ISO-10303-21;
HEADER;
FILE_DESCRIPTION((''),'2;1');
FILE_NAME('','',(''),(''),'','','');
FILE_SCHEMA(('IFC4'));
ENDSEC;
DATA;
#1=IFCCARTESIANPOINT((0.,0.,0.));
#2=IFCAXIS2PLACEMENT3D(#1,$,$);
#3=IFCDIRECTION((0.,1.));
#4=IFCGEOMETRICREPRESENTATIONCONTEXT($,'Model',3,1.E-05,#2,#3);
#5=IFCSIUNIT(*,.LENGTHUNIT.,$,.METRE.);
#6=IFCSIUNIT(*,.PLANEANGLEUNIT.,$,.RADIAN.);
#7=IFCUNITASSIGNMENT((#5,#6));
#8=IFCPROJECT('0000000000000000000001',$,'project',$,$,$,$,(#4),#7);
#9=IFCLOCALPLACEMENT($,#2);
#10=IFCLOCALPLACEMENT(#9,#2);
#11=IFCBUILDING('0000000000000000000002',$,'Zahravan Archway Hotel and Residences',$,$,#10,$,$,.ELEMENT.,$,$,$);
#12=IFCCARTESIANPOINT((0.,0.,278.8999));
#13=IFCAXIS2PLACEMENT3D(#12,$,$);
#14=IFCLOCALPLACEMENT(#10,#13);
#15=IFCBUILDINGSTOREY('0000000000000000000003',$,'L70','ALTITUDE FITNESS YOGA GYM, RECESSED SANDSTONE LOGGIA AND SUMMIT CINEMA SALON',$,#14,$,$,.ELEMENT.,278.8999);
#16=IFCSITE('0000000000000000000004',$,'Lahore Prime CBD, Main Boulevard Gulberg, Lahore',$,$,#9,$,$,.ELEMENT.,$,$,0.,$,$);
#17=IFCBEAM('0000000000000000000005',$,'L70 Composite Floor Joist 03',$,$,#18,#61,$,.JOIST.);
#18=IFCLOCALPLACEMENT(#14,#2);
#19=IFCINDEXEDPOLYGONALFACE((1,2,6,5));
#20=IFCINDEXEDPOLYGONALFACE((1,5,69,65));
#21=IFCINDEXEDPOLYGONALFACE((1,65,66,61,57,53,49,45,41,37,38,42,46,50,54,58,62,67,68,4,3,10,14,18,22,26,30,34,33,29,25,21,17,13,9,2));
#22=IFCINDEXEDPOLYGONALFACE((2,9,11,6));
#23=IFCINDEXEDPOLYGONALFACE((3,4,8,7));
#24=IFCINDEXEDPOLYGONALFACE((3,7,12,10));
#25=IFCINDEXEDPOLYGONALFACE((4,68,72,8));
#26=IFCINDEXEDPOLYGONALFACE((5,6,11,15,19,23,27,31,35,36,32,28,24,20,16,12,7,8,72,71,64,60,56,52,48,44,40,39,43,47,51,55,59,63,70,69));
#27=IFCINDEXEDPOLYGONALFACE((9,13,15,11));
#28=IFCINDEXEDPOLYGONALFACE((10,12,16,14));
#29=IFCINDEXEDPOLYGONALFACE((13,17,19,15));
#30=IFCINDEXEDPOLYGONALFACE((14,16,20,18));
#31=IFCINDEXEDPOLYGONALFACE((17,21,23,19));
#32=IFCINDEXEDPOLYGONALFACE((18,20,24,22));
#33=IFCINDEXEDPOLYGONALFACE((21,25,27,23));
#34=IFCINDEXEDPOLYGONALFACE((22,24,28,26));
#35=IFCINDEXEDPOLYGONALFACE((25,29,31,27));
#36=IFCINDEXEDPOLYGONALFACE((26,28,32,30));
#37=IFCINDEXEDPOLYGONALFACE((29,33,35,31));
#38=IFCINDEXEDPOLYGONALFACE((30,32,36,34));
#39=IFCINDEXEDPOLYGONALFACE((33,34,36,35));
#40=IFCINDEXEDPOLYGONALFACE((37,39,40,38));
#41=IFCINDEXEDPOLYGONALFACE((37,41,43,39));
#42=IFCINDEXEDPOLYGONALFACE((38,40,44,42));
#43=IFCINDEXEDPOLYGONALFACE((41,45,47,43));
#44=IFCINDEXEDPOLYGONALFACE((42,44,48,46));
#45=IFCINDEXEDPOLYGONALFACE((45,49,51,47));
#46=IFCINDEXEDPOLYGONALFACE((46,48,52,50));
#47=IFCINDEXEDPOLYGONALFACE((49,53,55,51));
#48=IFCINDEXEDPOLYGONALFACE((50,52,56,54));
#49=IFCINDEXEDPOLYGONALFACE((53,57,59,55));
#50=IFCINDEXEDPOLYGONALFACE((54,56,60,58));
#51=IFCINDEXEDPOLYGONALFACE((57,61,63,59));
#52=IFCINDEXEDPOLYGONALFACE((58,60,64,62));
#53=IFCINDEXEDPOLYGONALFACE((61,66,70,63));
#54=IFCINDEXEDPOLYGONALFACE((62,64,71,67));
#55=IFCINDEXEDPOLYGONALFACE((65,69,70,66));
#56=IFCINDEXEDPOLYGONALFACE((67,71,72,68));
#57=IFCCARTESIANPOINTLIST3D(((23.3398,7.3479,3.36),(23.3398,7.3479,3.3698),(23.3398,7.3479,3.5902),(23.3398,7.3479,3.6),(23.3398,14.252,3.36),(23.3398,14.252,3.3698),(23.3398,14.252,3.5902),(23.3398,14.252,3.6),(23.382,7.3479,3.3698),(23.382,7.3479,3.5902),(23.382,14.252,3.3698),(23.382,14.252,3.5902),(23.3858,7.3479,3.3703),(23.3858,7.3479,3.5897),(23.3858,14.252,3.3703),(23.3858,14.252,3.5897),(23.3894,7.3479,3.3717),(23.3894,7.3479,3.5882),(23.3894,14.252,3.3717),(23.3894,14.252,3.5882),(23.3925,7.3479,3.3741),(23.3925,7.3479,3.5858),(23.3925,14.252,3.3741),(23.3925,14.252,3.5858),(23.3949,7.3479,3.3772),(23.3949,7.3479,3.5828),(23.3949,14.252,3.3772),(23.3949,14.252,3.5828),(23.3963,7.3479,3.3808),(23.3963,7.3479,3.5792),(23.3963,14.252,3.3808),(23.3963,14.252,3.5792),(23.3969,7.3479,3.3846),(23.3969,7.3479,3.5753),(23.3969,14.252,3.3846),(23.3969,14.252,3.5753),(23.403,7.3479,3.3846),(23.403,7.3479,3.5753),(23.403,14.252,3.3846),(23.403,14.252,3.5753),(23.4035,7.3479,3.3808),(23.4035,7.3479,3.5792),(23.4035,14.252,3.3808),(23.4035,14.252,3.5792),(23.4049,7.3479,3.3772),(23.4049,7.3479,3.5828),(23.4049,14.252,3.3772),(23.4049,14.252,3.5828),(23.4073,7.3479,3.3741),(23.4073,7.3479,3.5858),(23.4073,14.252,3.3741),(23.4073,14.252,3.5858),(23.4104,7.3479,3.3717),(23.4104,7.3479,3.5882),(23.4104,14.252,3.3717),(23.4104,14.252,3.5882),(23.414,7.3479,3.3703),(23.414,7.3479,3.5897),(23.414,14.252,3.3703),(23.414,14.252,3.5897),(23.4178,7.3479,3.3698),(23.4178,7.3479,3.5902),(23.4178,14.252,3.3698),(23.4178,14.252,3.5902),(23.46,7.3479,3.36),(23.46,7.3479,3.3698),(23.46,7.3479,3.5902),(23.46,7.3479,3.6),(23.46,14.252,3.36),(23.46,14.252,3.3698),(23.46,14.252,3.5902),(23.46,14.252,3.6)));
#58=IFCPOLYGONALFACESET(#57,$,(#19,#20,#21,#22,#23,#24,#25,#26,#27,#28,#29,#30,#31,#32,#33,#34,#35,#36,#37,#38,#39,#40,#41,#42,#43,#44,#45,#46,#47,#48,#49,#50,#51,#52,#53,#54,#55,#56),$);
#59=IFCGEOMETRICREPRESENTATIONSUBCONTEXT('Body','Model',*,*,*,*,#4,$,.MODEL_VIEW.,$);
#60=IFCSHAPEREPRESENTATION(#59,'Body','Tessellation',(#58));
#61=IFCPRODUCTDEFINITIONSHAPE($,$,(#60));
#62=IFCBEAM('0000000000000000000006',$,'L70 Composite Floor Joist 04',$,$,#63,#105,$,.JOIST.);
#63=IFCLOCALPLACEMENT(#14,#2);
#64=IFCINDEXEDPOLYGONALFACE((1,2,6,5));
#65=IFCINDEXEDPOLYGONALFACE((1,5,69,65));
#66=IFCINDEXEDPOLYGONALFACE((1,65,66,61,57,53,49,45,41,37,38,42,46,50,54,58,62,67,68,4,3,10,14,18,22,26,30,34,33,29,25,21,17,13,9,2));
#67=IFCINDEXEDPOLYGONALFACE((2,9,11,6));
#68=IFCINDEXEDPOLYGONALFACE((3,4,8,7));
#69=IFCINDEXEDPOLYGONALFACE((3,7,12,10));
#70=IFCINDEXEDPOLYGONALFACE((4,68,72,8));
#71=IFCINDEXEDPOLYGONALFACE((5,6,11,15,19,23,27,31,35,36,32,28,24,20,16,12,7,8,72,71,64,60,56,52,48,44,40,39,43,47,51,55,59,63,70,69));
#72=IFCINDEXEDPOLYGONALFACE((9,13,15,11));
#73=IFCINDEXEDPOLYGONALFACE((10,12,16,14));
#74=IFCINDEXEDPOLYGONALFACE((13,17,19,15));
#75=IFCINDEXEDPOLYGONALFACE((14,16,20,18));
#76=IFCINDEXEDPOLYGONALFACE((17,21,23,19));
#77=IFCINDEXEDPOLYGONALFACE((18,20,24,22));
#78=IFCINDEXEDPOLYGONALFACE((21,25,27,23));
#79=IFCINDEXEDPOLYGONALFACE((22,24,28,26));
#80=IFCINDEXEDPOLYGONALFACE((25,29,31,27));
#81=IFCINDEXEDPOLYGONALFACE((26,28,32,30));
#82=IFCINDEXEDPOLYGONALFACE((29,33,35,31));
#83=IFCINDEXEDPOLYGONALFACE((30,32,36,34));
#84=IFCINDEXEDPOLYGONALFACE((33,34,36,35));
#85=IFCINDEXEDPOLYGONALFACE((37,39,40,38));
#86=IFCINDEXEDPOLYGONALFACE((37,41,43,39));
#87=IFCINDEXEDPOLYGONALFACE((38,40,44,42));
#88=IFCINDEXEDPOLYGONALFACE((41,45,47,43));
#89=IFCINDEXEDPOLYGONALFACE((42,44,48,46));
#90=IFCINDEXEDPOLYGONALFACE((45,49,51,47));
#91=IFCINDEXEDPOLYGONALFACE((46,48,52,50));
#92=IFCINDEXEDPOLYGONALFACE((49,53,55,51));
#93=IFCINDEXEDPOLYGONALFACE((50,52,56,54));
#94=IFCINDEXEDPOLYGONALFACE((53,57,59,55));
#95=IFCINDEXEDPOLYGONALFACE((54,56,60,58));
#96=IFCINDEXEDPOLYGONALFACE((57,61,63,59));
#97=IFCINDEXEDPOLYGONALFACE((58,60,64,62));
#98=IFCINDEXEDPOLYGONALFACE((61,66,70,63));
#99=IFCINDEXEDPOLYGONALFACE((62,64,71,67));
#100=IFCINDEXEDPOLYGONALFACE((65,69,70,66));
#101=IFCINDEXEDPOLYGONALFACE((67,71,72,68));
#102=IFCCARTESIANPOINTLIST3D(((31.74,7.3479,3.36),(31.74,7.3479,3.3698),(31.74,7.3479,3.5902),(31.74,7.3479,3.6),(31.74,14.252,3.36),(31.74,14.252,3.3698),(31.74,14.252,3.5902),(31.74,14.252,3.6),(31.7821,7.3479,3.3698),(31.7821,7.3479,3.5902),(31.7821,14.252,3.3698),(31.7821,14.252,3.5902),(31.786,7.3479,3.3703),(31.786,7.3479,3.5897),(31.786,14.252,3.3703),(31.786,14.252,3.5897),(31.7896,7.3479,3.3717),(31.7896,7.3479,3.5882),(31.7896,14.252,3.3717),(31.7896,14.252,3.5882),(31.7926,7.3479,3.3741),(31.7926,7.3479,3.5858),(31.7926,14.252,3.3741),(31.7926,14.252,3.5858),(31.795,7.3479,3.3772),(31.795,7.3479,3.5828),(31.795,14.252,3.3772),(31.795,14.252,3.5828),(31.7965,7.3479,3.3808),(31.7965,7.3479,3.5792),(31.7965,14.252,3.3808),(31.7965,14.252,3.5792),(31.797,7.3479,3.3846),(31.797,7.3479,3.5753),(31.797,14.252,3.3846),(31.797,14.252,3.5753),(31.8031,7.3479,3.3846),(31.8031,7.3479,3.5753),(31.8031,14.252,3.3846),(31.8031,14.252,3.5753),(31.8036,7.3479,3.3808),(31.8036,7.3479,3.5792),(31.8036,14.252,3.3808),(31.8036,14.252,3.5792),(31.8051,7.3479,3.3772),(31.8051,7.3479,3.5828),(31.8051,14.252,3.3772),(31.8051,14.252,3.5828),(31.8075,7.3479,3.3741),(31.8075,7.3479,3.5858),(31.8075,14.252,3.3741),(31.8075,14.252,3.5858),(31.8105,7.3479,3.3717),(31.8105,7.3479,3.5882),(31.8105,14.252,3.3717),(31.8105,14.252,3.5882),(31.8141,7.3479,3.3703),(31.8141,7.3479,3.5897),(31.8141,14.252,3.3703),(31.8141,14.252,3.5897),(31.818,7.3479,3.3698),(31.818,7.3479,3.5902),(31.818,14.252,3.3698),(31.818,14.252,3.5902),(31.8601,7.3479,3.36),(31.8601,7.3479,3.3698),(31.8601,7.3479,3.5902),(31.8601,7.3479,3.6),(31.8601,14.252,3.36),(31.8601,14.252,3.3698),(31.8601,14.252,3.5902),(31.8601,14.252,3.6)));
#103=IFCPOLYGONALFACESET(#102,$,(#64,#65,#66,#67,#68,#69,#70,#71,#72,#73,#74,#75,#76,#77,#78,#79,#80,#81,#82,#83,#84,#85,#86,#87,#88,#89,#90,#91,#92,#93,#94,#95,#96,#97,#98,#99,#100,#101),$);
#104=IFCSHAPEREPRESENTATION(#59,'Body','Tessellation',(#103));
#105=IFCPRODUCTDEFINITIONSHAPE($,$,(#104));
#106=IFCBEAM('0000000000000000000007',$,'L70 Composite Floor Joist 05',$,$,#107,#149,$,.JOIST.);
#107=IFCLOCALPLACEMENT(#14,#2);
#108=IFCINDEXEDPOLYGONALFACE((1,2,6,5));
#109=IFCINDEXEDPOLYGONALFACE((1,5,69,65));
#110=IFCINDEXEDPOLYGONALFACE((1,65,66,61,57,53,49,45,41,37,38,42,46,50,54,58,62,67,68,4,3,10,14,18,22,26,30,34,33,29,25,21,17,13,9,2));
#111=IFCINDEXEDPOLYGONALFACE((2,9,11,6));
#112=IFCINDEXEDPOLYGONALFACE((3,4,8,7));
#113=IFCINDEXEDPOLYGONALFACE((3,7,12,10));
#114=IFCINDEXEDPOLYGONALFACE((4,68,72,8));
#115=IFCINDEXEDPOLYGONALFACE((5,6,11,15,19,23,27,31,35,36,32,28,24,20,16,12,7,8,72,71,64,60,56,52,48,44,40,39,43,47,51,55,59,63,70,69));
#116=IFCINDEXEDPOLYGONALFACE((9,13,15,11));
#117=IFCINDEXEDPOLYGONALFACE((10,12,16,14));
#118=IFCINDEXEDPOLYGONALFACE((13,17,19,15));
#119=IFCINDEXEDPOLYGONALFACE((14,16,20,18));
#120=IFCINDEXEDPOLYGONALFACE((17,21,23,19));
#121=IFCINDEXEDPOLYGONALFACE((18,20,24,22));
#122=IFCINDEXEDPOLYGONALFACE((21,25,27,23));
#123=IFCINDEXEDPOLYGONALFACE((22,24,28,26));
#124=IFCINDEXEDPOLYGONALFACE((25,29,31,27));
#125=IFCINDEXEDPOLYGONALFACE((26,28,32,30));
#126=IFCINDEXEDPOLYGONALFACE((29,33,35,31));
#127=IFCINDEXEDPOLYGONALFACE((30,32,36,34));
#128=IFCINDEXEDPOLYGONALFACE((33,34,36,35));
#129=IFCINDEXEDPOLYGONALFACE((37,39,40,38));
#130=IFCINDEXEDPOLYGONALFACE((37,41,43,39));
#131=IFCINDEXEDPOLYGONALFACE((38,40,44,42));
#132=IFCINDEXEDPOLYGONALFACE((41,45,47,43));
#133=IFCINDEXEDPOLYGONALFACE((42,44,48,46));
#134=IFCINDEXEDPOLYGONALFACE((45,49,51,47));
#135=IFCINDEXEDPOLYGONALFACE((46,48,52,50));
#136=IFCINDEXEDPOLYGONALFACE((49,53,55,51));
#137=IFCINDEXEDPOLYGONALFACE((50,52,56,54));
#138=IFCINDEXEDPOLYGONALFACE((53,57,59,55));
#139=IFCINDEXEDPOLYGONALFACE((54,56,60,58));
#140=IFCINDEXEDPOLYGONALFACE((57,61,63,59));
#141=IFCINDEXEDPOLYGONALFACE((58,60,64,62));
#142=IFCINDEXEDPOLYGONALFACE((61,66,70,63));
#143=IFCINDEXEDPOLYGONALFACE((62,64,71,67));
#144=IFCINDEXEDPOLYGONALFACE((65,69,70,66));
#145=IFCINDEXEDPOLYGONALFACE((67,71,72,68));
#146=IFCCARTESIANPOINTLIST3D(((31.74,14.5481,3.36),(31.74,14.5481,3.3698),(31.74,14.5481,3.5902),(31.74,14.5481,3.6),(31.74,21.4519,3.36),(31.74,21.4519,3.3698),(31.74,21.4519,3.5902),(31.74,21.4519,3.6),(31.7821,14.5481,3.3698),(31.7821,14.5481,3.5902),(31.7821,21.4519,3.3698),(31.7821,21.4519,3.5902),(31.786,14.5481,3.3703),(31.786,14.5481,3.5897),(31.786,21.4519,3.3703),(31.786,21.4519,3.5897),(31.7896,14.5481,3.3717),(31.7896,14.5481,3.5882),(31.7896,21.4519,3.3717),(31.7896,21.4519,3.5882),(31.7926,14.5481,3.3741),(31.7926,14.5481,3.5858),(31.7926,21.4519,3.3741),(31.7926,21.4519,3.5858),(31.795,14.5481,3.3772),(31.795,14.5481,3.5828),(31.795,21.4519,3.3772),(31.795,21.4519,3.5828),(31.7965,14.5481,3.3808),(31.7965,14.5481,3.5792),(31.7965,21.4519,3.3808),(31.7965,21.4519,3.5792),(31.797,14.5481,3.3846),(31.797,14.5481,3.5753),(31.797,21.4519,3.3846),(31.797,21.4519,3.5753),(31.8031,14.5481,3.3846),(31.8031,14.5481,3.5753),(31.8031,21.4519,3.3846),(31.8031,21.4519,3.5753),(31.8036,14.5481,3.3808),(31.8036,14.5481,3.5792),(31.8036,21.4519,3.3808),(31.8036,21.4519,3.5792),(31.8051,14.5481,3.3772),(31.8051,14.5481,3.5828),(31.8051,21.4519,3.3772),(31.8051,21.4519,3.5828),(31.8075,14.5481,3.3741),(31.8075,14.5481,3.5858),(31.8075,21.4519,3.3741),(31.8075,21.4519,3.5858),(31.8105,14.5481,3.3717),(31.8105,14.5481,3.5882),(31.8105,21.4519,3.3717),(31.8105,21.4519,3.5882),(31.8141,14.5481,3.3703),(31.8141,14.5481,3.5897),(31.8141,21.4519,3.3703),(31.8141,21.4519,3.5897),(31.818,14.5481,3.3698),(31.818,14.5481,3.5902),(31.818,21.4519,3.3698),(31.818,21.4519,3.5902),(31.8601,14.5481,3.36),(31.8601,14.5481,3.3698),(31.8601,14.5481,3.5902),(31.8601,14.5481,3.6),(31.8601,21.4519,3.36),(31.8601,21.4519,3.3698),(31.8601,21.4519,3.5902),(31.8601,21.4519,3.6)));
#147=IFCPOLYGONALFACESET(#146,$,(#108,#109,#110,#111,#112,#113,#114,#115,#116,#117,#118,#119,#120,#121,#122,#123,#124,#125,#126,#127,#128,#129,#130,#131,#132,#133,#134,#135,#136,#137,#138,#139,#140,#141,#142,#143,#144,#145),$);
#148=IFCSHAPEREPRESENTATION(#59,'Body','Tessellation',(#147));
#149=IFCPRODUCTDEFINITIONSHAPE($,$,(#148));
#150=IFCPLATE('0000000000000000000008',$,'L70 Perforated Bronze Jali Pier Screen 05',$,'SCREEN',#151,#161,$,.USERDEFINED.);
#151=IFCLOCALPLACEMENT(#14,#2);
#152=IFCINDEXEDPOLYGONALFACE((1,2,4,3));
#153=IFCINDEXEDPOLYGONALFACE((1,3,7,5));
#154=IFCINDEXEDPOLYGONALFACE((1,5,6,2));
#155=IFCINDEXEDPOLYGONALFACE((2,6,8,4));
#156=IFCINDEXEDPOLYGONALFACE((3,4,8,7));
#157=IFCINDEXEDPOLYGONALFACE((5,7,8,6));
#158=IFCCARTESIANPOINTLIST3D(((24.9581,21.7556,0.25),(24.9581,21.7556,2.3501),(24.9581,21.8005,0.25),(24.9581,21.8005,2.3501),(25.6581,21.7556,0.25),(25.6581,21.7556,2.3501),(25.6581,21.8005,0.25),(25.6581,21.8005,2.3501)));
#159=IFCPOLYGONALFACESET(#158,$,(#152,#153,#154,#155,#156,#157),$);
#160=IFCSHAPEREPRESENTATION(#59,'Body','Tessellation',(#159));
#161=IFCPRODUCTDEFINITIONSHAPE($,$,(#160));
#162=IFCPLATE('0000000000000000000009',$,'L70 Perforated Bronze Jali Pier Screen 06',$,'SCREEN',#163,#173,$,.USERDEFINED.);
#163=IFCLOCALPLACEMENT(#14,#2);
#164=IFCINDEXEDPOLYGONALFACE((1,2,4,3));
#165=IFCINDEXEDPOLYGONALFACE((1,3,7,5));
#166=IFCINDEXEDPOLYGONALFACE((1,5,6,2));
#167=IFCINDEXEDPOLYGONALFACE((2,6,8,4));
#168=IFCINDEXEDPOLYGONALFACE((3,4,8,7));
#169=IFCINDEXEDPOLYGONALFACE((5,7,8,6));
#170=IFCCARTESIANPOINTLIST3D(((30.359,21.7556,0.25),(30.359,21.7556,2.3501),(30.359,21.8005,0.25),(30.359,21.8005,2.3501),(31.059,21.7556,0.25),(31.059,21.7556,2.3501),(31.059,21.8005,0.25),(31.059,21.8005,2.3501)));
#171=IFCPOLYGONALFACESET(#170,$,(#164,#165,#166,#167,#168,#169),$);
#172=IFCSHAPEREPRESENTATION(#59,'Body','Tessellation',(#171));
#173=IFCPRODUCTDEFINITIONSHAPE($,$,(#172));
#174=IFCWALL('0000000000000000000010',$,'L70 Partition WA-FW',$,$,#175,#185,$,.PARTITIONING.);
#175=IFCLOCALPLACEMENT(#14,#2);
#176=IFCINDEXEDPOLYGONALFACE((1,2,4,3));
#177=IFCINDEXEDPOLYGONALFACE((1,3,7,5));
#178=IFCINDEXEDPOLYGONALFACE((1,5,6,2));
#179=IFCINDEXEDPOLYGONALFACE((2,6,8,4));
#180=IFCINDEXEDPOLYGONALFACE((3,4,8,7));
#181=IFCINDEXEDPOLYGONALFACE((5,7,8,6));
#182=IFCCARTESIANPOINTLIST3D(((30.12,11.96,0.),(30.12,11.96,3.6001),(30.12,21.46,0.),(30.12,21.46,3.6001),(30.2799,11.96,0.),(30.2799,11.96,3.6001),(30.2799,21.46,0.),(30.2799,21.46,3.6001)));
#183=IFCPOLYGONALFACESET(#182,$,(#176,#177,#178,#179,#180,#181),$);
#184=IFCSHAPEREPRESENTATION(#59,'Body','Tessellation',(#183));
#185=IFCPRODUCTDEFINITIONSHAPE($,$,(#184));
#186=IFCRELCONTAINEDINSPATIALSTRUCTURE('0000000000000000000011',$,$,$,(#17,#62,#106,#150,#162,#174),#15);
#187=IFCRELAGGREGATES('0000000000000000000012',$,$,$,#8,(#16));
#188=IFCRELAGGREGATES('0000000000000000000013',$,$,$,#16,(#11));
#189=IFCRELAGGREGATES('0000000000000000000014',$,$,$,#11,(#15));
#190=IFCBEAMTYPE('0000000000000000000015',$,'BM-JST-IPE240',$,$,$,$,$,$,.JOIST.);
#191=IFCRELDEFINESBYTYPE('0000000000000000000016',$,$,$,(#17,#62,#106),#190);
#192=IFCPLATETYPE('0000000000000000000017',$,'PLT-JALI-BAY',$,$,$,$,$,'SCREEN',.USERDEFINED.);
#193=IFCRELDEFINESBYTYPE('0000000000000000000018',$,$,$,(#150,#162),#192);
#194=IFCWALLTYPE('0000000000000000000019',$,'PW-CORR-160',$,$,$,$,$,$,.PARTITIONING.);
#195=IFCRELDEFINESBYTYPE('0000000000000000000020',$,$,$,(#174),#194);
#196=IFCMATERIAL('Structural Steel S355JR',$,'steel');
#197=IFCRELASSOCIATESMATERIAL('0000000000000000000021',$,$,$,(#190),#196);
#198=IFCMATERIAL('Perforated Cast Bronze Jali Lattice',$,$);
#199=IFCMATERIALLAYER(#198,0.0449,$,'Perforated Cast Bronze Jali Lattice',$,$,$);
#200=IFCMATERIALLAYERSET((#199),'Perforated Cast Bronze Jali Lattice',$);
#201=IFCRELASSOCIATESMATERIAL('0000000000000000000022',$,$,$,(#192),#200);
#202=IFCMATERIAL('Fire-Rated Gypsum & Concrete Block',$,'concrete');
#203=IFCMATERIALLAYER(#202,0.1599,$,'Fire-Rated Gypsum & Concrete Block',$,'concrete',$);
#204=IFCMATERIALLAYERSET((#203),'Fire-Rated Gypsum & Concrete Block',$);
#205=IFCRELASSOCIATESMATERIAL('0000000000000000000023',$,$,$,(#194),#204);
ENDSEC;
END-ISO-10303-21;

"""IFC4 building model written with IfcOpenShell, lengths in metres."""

from ifc_helpers import new_model, si_unit, direction, frame, frame_2d, origin, origin_2d, place, context, subcontext, project, spatial, rectangle, i_section, extrude, source, transform, mapped, material, layer, layer_set, material_profile, profile_set, type_object, type_shapes, element, save


model = new_model("IFC4")

# Units and contexts
model_context = context("Model", 3, precision=1e-05, world=origin(), true_north=direction((0.0, 1.0)))
body_context = subcontext(model_context, "Body", "Model", "MODEL_VIEW")
ifc_project = project(units=[si_unit("LENGTHUNIT", "METRE"), si_unit("PLANEANGLEUNIT", "RADIAN")], contexts=[model_context])

# Site, building, storey
site_placement = place(None, origin())
site = spatial("IfcSite", under=ifc_project, at=site_placement, Name="Lahore Prime CBD, Main Boulevard Gulberg, Lahore", CompositionType="ELEMENT", RefElevation=0.0)
building_placement = place(site_placement, origin())
building = spatial("IfcBuilding", under=site, at=building_placement, Name="Zahravan Archway Hotel and Residences", CompositionType="ELEMENT")
storey_placement = place(building_placement, frame((0.0, 0.0, 278.8999)))
storey = spatial("IfcBuildingStorey", under=building, at=storey_placement, Name="L70", Description="ALTITUDE FITNESS YOGA GYM, RECESSED SANDSTONE LOGGIA AND SUMMIT CINEMA SALON", CompositionType="ELEMENT", Elevation=278.8999)

# Beams
ifc_material_1 = material(Name="Structural Steel S355JR", Category="steel")
ifc_material_profile_1 = material_profile(ifc_material_1, i_section(OverallWidth=0.1201, OverallDepth=0.24, WebThickness=0.0061, FlangeThickness=0.0098, FilletRadius=0.0149, at=origin_2d()), Name="IPE 240", Category="steel")
ifc_profile_set_1 = profile_set([ifc_material_profile_1], Name="Structural Steel S355JR")
beam_type_1 = type_object("IfcBeamType", Name="BM-JST-IPE240", PredefinedType="JOIST", material=ifc_profile_set_1)
shared_shape_1 = source(origin(), body_context, "Body", "SweptSolid", [
    extrude(i_section(OverallWidth=0.1201, OverallDepth=0.24, WebThickness=0.0061, FlangeThickness=0.0098, FilletRadius=0.0149, at=origin_2d()), origin(), (0.0, 0.0, 1.0), 6.9041),
])
type_shapes(beam_type_1, [shared_shape_1])
for number, where, z_axis, x_axis, name in (
    (1, (23.3999, 7.3479, 3.48), (0.0, 1.0, 0.0), (-1.0, 0.0, 0.0), "L70 Composite Floor Joist 03"),
    (2, (31.8, 7.3479, 3.48), (0.0, 1.0, 0.0), (-1.0, 0.0, 0.0), "L70 Composite Floor Joist 04"),
):
    element("IfcBeam", number, at=place(storey_placement, frame(where, z_axis=z_axis, x_axis=x_axis)), inside=storey, type_object=beam_type_1, Name=name, PredefinedType="JOIST", context=body_context, shape_type="MappedRepresentation", body=[
        mapped(shared_shape_1, transform((0.0, 0.0, 0.0), scale=1.0)),
    ])
shared_shape_2 = source(origin(), body_context, "Body", "SweptSolid", [
    extrude(i_section(OverallWidth=0.1201, OverallDepth=0.24, WebThickness=0.0061, FlangeThickness=0.0098, FilletRadius=0.0149, at=origin_2d()), origin(), (0.0, 0.0, 1.0), 6.9038),
])
beam_1_placement = place(storey_placement, frame((31.8, 14.5481, 3.48), z_axis=(0.0, 1.0, 0.0), x_axis=(-1.0, 0.0, 0.0)))
element("IfcBeam", 3, at=beam_1_placement, inside=storey, type_object=beam_type_1, Name="L70 Composite Floor Joist 05", PredefinedType="JOIST", context=body_context, shape_type="MappedRepresentation", body=[
    mapped(shared_shape_2, transform((0.0, 0.0, 0.0), scale=1.0)),
])

# Plates
ifc_material_2 = material(Name="Perforated Cast Bronze Jali Lattice")
ifc_layer_1 = layer(ifc_material_2, 0.0449, Name="Perforated Cast Bronze Jali Lattice")
ifc_layer_set_1 = layer_set([ifc_layer_1], Name="Perforated Cast Bronze Jali Lattice")
plate_type = type_object("IfcPlateType", Name="PLT-JALI-BAY", ElementType="SCREEN", PredefinedType="USERDEFINED", material=ifc_layer_set_1)
shared_shape_3 = source(origin(), body_context, "Body", "SweptSolid", [
    extrude(rectangle(XDim=0.7, YDim=0.0449, at=origin_2d()), origin(), (0.0, 0.0, 1.0), 2.1001),
])
type_shapes(plate_type, [shared_shape_3])
for number, where, z_axis, x_axis, name in (
    (4, (25.3081, 21.7781, 0.25), (0.0, 0.0, 1.0), (1.0, 0.0, 0.0), "L70 Perforated Bronze Jali Pier Screen 05"),
    (5, (30.709, 21.7781, 0.25), (0.0, 0.0, 1.0), (1.0, 0.0, 0.0), "L70 Perforated Bronze Jali Pier Screen 06"),
):
    element("IfcPlate", number, at=place(storey_placement, frame(where, z_axis=z_axis, x_axis=x_axis)), inside=storey, type_object=plate_type, Name=name, ObjectType="SCREEN", PredefinedType="USERDEFINED", context=body_context, shape_type="MappedRepresentation", body=[
        mapped(shared_shape_3, transform((0.0, 0.0, 0.0), scale=1.0)),
    ])

# Wall
ifc_material_3 = material(Name="Fire-Rated Gypsum & Concrete Block", Category="concrete")
ifc_layer_2 = layer(ifc_material_3, 0.1599, Name="Fire-Rated Gypsum & Concrete Block", Category="concrete")
ifc_layer_set_2 = layer_set([ifc_layer_2], Name="Fire-Rated Gypsum & Concrete Block")
wall_type_1 = type_object("IfcWallType", Name="PW-CORR-160", PredefinedType="PARTITIONING", material=ifc_layer_set_2)
wall_1_placement = place(storey_placement, frame((30.2, 11.96, 0.0), z_axis=(0.0, 0.0, 1.0), x_axis=(0.0, 1.0, 0.0)))
element("IfcWall", 6, at=wall_1_placement, inside=storey, type_object=wall_type_1, Name="L70 Partition WA-FW", PredefinedType="PARTITIONING", context=body_context, shape_type="SweptSolid", body=[
    extrude(rectangle(XDim=9.5, YDim=0.1599, at=frame_2d((4.75, 0.0))), origin(), (0.0, 0.0, 1.0), 3.6001),
])

save(model, "model.ifc")
